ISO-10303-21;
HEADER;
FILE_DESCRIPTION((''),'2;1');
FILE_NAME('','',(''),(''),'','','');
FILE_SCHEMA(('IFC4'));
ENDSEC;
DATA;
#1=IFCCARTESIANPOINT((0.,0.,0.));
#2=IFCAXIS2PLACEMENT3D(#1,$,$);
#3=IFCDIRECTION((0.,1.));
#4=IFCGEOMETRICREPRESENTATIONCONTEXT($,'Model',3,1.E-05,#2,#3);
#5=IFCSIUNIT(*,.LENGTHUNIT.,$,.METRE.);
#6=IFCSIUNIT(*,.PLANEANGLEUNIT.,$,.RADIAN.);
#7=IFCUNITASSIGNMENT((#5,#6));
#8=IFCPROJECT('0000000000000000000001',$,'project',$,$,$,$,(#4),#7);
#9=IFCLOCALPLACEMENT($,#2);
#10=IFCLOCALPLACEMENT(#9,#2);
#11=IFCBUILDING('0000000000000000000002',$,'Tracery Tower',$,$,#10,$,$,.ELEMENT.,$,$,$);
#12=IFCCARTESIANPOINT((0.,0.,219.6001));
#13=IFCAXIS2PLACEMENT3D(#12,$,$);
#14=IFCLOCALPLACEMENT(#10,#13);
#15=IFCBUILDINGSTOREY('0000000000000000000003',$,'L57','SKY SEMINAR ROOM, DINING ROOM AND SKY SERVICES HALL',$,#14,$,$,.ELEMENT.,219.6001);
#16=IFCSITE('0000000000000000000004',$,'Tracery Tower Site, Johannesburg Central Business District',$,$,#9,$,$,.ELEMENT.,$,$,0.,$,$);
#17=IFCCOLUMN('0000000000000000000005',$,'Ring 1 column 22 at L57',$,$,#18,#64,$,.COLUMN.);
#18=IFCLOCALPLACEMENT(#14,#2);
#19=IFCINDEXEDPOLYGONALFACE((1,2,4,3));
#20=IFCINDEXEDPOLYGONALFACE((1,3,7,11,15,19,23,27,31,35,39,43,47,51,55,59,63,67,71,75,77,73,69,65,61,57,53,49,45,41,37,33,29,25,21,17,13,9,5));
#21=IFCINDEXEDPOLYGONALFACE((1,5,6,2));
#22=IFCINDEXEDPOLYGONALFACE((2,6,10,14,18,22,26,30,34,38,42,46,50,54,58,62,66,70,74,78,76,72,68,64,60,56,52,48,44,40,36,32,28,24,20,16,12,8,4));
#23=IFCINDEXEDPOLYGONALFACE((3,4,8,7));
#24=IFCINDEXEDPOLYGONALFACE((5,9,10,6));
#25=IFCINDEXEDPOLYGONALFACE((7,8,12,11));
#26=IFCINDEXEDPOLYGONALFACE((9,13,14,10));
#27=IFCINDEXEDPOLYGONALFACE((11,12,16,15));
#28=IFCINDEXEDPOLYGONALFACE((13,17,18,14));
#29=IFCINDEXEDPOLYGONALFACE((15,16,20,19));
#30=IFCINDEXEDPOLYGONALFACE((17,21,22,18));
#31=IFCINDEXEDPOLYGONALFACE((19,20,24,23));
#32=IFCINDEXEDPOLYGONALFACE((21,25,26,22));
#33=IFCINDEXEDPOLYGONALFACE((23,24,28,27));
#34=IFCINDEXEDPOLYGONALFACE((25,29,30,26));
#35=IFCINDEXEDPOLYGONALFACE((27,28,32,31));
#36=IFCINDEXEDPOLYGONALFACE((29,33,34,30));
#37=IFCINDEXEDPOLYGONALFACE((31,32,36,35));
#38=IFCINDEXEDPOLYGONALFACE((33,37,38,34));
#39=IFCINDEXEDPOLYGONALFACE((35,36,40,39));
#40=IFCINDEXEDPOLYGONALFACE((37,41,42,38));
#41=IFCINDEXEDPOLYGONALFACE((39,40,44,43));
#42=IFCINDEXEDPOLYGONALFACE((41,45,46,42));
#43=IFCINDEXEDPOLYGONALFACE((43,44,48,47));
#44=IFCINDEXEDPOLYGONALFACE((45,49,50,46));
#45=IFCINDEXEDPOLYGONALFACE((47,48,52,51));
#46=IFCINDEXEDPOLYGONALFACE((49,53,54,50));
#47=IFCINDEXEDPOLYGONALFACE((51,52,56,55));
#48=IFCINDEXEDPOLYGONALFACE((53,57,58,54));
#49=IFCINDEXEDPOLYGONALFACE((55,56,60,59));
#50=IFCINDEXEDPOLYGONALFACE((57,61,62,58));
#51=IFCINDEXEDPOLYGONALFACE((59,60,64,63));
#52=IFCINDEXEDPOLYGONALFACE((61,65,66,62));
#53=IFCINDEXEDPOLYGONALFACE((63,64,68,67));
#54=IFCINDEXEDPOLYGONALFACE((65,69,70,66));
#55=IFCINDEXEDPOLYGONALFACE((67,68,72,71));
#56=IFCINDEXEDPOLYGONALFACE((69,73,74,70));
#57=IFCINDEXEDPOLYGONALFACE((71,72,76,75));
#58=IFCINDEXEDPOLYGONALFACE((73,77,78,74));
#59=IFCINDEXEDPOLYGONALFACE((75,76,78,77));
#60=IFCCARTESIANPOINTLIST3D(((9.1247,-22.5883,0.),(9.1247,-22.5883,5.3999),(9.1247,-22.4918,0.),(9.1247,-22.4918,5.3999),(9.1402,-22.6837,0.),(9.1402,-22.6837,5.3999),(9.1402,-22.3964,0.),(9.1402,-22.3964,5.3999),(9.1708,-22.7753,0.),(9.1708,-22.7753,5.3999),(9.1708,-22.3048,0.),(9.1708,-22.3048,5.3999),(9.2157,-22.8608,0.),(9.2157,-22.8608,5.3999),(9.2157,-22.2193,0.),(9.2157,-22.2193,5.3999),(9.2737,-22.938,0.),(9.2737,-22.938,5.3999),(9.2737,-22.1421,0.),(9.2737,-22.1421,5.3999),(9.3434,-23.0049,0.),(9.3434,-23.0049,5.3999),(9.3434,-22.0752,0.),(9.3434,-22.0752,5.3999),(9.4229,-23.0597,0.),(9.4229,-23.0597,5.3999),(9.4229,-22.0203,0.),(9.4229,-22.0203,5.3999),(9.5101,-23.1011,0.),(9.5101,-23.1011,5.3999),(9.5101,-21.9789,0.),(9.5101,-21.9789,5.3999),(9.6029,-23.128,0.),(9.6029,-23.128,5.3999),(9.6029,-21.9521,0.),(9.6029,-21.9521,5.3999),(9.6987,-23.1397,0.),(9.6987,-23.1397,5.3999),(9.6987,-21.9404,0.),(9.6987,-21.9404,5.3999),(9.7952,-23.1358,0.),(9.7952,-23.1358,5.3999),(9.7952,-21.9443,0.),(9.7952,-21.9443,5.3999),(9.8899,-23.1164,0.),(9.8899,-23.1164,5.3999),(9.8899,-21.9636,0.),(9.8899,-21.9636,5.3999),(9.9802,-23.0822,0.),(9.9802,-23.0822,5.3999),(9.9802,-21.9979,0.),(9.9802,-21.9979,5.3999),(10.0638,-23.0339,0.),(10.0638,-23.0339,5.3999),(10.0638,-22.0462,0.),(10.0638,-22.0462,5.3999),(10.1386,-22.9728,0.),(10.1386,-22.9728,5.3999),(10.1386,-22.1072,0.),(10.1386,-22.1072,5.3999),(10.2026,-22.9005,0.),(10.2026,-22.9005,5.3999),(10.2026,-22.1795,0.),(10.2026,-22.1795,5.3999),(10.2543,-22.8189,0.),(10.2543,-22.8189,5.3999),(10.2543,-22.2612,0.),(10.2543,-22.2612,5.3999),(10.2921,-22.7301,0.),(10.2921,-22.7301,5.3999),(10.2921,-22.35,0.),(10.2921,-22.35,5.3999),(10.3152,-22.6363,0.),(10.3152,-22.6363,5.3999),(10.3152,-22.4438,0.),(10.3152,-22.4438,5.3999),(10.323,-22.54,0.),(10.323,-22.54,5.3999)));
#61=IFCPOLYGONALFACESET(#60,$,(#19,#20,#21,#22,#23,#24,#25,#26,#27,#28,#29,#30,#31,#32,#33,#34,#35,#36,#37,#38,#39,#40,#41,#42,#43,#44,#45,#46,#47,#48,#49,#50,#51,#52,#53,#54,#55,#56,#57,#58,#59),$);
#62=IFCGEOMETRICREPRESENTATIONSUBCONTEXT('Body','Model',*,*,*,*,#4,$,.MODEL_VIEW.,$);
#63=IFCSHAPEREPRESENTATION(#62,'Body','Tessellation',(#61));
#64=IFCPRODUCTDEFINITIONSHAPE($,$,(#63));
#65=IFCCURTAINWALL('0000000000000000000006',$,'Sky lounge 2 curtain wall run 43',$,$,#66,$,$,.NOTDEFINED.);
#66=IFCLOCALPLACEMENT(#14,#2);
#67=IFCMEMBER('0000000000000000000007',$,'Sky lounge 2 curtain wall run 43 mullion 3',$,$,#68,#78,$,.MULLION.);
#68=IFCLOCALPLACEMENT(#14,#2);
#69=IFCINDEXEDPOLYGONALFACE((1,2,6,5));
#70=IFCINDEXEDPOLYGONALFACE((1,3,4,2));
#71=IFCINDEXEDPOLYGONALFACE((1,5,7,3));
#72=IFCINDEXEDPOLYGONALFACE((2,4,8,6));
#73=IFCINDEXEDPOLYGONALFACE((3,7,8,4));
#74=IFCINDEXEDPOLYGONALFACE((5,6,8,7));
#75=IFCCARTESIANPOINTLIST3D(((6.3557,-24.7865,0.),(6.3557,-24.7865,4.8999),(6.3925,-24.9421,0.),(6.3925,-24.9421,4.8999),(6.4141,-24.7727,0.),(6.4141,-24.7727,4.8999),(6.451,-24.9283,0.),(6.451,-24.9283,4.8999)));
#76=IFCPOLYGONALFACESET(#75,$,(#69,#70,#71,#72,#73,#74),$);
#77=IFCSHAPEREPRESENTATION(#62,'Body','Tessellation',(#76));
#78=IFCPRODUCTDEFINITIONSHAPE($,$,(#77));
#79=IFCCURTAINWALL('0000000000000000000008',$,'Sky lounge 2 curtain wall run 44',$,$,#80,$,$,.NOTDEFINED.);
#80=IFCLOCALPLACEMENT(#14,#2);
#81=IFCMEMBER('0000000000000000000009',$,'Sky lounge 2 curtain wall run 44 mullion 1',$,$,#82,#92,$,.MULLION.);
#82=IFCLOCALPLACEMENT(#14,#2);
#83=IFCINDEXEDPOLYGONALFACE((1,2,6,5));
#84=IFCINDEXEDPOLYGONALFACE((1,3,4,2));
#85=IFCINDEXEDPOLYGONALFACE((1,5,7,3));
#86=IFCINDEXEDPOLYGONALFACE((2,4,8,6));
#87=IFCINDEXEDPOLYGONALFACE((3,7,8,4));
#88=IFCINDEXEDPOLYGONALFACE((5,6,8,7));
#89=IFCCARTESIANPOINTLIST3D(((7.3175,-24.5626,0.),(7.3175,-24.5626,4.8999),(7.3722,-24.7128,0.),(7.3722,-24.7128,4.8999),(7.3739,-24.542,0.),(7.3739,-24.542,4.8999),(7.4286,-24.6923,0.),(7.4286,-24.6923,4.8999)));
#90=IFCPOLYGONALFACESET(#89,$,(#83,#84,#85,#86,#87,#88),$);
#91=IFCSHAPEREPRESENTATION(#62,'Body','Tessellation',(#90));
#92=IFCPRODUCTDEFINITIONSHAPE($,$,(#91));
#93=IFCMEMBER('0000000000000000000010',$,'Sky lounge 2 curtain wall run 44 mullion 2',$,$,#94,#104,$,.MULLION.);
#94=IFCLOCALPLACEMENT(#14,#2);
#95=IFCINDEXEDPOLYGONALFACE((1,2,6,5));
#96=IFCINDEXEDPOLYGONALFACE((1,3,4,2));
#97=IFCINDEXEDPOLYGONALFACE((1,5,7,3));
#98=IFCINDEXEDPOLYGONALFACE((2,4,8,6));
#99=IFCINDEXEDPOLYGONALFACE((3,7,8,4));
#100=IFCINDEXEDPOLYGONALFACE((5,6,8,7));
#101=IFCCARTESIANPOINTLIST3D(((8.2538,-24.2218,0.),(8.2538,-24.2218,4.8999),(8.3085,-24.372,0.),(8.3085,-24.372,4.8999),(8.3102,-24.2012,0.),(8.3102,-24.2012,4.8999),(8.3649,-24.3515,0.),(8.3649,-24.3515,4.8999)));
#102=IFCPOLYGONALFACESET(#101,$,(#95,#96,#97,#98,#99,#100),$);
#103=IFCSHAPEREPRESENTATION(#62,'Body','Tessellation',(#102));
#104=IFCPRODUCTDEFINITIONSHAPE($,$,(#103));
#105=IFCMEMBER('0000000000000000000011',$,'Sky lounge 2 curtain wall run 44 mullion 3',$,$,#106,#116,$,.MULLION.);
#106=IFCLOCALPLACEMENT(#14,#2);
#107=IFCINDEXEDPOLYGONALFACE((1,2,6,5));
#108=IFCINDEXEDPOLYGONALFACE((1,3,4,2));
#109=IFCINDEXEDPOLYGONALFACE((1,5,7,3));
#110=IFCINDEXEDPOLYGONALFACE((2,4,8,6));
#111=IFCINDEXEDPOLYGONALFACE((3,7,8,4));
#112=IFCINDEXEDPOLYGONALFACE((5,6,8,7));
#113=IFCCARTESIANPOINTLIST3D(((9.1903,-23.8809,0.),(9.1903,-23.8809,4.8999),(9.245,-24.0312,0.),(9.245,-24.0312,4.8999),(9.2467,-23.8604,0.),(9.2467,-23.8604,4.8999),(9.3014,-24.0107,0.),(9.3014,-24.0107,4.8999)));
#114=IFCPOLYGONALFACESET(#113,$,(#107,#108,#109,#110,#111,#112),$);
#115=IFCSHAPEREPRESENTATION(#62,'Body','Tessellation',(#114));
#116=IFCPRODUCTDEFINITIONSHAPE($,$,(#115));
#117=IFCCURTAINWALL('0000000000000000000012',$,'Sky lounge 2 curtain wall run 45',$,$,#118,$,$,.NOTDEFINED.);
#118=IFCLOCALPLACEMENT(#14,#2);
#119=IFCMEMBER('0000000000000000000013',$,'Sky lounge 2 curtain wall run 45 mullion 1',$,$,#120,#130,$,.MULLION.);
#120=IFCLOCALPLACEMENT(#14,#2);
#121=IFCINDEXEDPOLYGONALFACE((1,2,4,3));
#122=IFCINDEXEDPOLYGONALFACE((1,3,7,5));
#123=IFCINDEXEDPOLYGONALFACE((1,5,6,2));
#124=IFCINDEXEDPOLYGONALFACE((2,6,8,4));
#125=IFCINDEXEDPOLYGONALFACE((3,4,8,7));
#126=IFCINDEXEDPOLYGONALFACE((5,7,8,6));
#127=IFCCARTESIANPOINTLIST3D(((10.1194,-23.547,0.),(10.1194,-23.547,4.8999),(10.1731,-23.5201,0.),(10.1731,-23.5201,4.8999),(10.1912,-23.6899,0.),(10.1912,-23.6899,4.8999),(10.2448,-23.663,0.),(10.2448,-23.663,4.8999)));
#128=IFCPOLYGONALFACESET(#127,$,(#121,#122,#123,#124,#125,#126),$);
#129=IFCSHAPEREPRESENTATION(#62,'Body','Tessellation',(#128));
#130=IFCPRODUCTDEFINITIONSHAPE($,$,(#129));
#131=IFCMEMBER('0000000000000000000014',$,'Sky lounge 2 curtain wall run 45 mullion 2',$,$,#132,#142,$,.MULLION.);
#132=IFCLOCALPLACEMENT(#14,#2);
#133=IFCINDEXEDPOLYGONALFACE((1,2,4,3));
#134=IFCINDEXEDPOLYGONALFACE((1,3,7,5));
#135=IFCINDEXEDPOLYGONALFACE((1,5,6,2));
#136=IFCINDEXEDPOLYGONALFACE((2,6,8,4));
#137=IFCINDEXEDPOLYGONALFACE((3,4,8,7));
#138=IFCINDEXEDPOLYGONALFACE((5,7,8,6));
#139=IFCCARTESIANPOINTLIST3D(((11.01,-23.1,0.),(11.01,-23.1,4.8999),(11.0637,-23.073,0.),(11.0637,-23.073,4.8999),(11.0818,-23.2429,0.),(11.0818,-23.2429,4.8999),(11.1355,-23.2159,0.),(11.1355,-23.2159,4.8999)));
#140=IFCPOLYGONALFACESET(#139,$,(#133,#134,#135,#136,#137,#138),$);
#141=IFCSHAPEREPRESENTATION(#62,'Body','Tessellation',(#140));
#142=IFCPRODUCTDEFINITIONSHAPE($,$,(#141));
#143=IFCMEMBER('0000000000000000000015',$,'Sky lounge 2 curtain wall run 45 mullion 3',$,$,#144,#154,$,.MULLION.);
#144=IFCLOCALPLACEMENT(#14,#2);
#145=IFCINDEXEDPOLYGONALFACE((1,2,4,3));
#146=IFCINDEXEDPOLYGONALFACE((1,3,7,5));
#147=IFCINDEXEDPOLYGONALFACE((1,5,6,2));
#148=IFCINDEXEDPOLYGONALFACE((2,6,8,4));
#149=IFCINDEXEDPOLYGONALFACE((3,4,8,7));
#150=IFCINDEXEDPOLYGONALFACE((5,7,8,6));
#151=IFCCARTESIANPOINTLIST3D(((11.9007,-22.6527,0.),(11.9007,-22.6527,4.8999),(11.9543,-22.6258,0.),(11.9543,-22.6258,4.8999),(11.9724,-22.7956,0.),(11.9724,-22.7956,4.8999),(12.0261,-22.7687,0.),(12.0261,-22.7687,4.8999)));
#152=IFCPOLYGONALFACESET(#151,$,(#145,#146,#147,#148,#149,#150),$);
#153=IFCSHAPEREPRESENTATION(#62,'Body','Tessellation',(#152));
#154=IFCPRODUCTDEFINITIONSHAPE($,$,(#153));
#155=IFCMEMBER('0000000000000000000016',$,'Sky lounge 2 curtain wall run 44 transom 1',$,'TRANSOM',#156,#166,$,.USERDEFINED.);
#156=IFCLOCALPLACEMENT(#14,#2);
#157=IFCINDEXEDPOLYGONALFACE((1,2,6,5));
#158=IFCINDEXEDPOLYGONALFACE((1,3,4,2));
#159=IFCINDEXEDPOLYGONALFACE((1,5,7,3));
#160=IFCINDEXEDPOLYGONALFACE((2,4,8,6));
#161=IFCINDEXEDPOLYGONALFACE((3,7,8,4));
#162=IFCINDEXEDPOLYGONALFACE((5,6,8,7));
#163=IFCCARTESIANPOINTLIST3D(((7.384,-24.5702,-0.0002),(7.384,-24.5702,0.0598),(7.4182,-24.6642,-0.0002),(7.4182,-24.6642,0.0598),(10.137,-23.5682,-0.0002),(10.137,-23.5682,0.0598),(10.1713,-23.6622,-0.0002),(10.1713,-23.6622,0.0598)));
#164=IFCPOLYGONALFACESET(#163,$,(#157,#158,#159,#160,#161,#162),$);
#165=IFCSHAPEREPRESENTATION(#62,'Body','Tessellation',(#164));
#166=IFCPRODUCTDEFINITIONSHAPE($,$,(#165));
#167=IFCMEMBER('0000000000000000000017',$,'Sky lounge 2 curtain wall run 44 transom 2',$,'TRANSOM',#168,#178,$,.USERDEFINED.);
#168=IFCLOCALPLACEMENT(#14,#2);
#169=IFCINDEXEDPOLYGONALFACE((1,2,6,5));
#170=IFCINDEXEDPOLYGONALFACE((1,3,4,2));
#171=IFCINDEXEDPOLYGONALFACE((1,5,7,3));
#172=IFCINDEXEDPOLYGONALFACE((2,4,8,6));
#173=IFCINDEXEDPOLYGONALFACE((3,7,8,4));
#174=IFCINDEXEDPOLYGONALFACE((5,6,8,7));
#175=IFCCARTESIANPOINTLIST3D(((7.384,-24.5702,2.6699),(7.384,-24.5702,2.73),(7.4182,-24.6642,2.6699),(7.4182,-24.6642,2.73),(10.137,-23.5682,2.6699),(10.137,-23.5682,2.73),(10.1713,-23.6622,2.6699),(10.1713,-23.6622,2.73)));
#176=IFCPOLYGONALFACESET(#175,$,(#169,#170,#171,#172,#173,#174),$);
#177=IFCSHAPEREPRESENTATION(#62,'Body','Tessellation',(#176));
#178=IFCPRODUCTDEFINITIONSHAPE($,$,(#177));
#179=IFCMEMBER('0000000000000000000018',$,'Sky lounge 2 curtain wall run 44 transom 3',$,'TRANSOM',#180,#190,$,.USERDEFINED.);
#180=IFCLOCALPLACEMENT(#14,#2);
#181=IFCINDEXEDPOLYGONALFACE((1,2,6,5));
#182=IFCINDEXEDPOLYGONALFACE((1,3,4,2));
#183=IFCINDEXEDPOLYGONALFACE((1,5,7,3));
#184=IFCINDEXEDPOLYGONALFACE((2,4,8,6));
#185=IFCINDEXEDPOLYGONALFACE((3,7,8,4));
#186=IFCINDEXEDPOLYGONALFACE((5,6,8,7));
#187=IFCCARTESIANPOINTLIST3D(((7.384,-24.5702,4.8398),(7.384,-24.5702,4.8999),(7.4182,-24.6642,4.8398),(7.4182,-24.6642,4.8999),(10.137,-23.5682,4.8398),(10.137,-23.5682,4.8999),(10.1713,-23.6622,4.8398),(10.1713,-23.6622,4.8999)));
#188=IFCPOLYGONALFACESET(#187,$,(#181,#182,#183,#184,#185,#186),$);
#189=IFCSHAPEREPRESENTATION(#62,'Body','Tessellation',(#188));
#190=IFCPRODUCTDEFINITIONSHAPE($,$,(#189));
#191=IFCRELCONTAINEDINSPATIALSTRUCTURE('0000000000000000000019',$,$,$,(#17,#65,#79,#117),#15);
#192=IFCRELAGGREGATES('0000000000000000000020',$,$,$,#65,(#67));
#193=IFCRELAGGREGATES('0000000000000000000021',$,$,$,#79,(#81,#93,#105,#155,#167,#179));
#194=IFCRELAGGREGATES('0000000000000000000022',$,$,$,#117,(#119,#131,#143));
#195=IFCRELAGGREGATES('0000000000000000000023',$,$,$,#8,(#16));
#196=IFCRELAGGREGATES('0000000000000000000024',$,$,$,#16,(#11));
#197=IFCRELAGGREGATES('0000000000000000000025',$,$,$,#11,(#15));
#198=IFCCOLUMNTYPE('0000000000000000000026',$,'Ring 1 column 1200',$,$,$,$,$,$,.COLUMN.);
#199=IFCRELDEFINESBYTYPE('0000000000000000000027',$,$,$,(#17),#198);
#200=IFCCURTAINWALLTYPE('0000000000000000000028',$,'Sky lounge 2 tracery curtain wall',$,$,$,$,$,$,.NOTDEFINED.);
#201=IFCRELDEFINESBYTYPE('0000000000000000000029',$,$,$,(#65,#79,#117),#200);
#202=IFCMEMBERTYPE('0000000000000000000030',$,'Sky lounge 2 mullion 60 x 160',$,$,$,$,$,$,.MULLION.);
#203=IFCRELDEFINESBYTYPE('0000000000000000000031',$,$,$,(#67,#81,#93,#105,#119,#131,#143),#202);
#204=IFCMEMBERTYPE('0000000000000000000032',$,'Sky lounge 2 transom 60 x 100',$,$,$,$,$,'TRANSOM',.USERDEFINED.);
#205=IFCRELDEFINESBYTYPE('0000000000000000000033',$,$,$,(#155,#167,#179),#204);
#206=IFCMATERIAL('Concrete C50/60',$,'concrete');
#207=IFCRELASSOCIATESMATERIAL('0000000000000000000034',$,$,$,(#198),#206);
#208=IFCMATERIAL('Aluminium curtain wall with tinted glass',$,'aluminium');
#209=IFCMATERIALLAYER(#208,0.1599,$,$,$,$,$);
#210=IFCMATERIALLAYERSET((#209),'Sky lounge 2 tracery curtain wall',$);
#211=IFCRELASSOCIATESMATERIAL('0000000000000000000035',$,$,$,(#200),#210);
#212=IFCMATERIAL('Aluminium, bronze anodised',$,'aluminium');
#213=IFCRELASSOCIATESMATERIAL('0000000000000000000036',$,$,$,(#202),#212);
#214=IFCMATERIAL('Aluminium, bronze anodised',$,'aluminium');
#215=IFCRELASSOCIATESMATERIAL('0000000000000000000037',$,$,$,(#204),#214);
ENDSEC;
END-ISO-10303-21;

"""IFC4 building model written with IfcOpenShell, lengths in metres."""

from ifc_helpers import new_model, si_unit, direction, frame, origin, origin_2d, place, context, subcontext, project, spatial, rectangle, circle, extrude, material, layer, layer_set, material_profile, profile_set, type_object, element, aggregate, save


model = new_model("IFC4")

# Units and contexts
model_context = context("Model", 3, precision=1e-05, world=origin(), true_north=direction((0.0, 1.0)))
body_context = subcontext(model_context, "Body", "Model", "MODEL_VIEW")
ifc_project = project(units=[si_unit("LENGTHUNIT", "METRE"), si_unit("PLANEANGLEUNIT", "RADIAN")], contexts=[model_context])

# Site, building, storey
site_placement = place(None, origin())
site = spatial("IfcSite", under=ifc_project, at=site_placement, Name="Tracery Tower Site, Johannesburg Central Business District", CompositionType="ELEMENT", RefElevation=0.0)
building_placement = place(site_placement, origin())
building = spatial("IfcBuilding", under=site, at=building_placement, Name="Tracery Tower", CompositionType="ELEMENT")
storey_placement = place(building_placement, frame((0.0, 0.0, 219.6001)))
storey = spatial("IfcBuildingStorey", under=building, at=storey_placement, Name="L57", Description="SKY SEMINAR ROOM, DINING ROOM AND SKY SERVICES HALL", CompositionType="ELEMENT", Elevation=219.6001)

# Column
ifc_material_1 = material(Name="Concrete C50/60", Category="concrete")
ifc_material_profile_1 = material_profile(ifc_material_1, circle(Radius=0.6001, at=origin_2d()), Name="RC D1200")
ifc_profile_set_1 = profile_set([ifc_material_profile_1], Name="Concrete C50/60")
column_type = type_object("IfcColumnType", Name="Ring 1 column 1200", PredefinedType="COLUMN", material=ifc_profile_set_1)
column_placement = place(storey_placement, frame((9.7229, -22.54, 0.0), z_axis=(0.0, 0.0, 1.0), x_axis=(1.0, 0.0, 0.0)))
element("IfcColumn", 1, at=column_placement, inside=storey, type_object=column_type, Name="Ring 1 column 22 at L57", PredefinedType="COLUMN", context=body_context, shape_type="SweptSolid", body=[
    extrude(circle(Radius=0.6001, at=origin_2d()), origin(), (0.0, 0.0, 1.0), 5.3999),
])

# Curtain wall, member
ifc_material_2 = material(Name="Aluminium curtain wall with tinted glass", Category="aluminium")
ifc_layer_1 = layer(ifc_material_2, 0.1599)
ifc_layer_set_1 = layer_set([ifc_layer_1], Name="Sky lounge 2 tracery curtain wall")
curtain_wall_type = type_object("IfcCurtainWallType", Name="Sky lounge 2 tracery curtain wall", PredefinedType="NOTDEFINED", material=ifc_layer_set_1)
curtain_wall_1_placement = place(storey_placement, origin())
curtain_wall_1 = element("IfcCurtainWall", 2, at=curtain_wall_1_placement, inside=storey, type_object=curtain_wall_type, Name="Sky lounge 2 curtain wall run 43", PredefinedType="NOTDEFINED")
ifc_material_3 = material(Name="Aluminium, bronze anodised", Category="aluminium")
ifc_material_profile_2 = material_profile(ifc_material_3, rectangle(XDim=0.1599, YDim=0.0601, at=origin_2d()), Name="AL 60x160")
ifc_profile_set_2 = profile_set([ifc_material_profile_2], Name="Aluminium, bronze anodised")
member_type_1 = type_object("IfcMemberType", Name="Sky lounge 2 mullion 60 x 160", PredefinedType="MULLION", material=ifc_profile_set_2)
member_1_placement = place(storey_placement, frame((6.4033, -24.8574, 0.0), z_axis=(0.0, 0.0, 1.0), x_axis=(-0.230616, 0.973045, 0.0)))
member_1 = element("IfcMember", 3, at=member_1_placement, type_object=member_type_1, Name="Sky lounge 2 curtain wall run 43 mullion 3", PredefinedType="MULLION", context=body_context, shape_type="SweptSolid", body=[
    extrude(rectangle(XDim=0.1599, YDim=0.0601, at=origin_2d()), origin(), (0.0, 0.0, 1.0), 4.8999),
])

# Curtain walls, members
curtain_wall_2_placement = place(storey_placement, origin())
curtain_wall_2 = element("IfcCurtainWall", 4, at=curtain_wall_2_placement, inside=storey, type_object=curtain_wall_type, Name="Sky lounge 2 curtain wall run 44", PredefinedType="NOTDEFINED")
member_2_placement = place(storey_placement, frame((7.373, -24.6274, 0.0), z_axis=(0.0, 0.0, 1.0), x_axis=(-0.34202, 0.939693, 0.0)))
member_2 = element("IfcMember", 5, at=member_2_placement, type_object=member_type_1, Name="Sky lounge 2 curtain wall run 44 mullion 1", PredefinedType="MULLION", context=body_context, shape_type="SweptSolid", body=[
    extrude(rectangle(XDim=0.1599, YDim=0.0601, at=origin_2d()), origin(), (0.0, 0.0, 1.0), 4.8999),
])
member_3_placement = place(storey_placement, frame((8.3093, -24.2866, 0.0), z_axis=(0.0, 0.0, 1.0), x_axis=(-0.34202, 0.939693, 0.0)))
member_3 = element("IfcMember", 6, at=member_3_placement, type_object=member_type_1, Name="Sky lounge 2 curtain wall run 44 mullion 2", PredefinedType="MULLION", context=body_context, shape_type="SweptSolid", body=[
    extrude(rectangle(XDim=0.1599, YDim=0.0601, at=origin_2d()), origin(), (0.0, 0.0, 1.0), 4.8999),
])
member_4_placement = place(storey_placement, frame((9.2458, -23.9458, 0.0), z_axis=(0.0, 0.0, 1.0), x_axis=(-0.34202, 0.939693, 0.0)))
member_4 = element("IfcMember", 7, at=member_4_placement, type_object=member_type_1, Name="Sky lounge 2 curtain wall run 44 mullion 3", PredefinedType="MULLION", context=body_context, shape_type="SweptSolid", body=[
    extrude(rectangle(XDim=0.1599, YDim=0.0601, at=origin_2d()), origin(), (0.0, 0.0, 1.0), 4.8999),
])
curtain_wall_3_placement = place(storey_placement, origin())
curtain_wall_3 = element("IfcCurtainWall", 8, at=curtain_wall_3_placement, inside=storey, type_object=curtain_wall_type, Name="Sky lounge 2 curtain wall run 45", PredefinedType="NOTDEFINED")
member_5_placement = place(storey_placement, frame((10.1821, -23.605, 0.0), z_axis=(0.0, 0.0, 1.0), x_axis=(-0.448799, 0.893633, 0.0)))
member_5 = element("IfcMember", 9, at=member_5_placement, type_object=member_type_1, Name="Sky lounge 2 curtain wall run 45 mullion 1", PredefinedType="MULLION", context=body_context, shape_type="SweptSolid", body=[
    extrude(rectangle(XDim=0.1599, YDim=0.0601, at=origin_2d()), origin(), (0.0, 0.0, 1.0), 4.8999),
])
member_6_placement = place(storey_placement, frame((11.0728, -23.158, 0.0), z_axis=(0.0, 0.0, 1.0), x_axis=(-0.448799, 0.893633, 0.0)))
member_6 = element("IfcMember", 10, at=member_6_placement, type_object=member_type_1, Name="Sky lounge 2 curtain wall run 45 mullion 2", PredefinedType="MULLION", context=body_context, shape_type="SweptSolid", body=[
    extrude(rectangle(XDim=0.1599, YDim=0.0601, at=origin_2d()), origin(), (0.0, 0.0, 1.0), 4.8999),
])
member_7_placement = place(storey_placement, frame((11.9634, -22.7107, 0.0), z_axis=(0.0, 0.0, 1.0), x_axis=(-0.448799, 0.893633, 0.0)))
member_7 = element("IfcMember", 11, at=member_7_placement, type_object=member_type_1, Name="Sky lounge 2 curtain wall run 45 mullion 3", PredefinedType="MULLION", context=body_context, shape_type="SweptSolid", body=[
    extrude(rectangle(XDim=0.1599, YDim=0.0601, at=origin_2d()), origin(), (0.0, 0.0, 1.0), 4.8999),
])

# Members
ifc_material_4 = material(Name="Aluminium, bronze anodised", Category="aluminium")
ifc_material_profile_3 = material_profile(ifc_material_4, rectangle(XDim=0.1001, YDim=0.0601, at=origin_2d()), Name="AL 60x100")
ifc_profile_set_3 = profile_set([ifc_material_profile_3], Name="Aluminium, bronze anodised")
member_type_2 = type_object("IfcMemberType", Name="Sky lounge 2 transom 60 x 100", ElementType="TRANSOM", PredefinedType="USERDEFINED", material=ifc_profile_set_3)
member_8_placement = place(storey_placement, frame((7.4011, -24.6172, 0.0298), z_axis=(0.939696, 0.342011, 0.0), x_axis=(-0.342011, 0.939696, 0.0)))
member_8 = element("IfcMember", 12, at=member_8_placement, type_object=member_type_2, Name="Sky lounge 2 curtain wall run 44 transom 1", ObjectType="TRANSOM", PredefinedType="USERDEFINED", context=body_context, shape_type="SweptSolid", body=[
    extrude(rectangle(XDim=0.1001, YDim=0.0601, at=origin_2d()), origin(), (0.0, 0.0, 1.0), 2.9297),
])
member_9_placement = place(storey_placement, frame((7.4011, -24.6172, 2.7), z_axis=(0.939696, 0.342011, 0.0), x_axis=(-0.342011, 0.939696, 0.0)))
member_9 = element("IfcMember", 13, at=member_9_placement, type_object=member_type_2, Name="Sky lounge 2 curtain wall run 44 transom 2", ObjectType="TRANSOM", PredefinedType="USERDEFINED", context=body_context, shape_type="SweptSolid", body=[
    extrude(rectangle(XDim=0.1001, YDim=0.0601, at=origin_2d()), origin(), (0.0, 0.0, 1.0), 2.9297),
])
member_10_placement = place(storey_placement, frame((7.4011, -24.6172, 4.8699), z_axis=(0.939696, 0.342011, 0.0), x_axis=(-0.342011, 0.939696, 0.0)))
member_10 = element("IfcMember", 14, at=member_10_placement, type_object=member_type_2, Name="Sky lounge 2 curtain wall run 44 transom 3", ObjectType="TRANSOM", PredefinedType="USERDEFINED", context=body_context, shape_type="SweptSolid", body=[
    extrude(rectangle(XDim=0.1001, YDim=0.0601, at=origin_2d()), origin(), (0.0, 0.0, 1.0), 2.9297),
])

aggregate(curtain_wall_1, [member_1])
aggregate(curtain_wall_2, [member_2, member_3, member_4, member_8, member_9, member_10])
aggregate(curtain_wall_3, [member_5, member_6, member_7])

save(model, "model.ifc")
